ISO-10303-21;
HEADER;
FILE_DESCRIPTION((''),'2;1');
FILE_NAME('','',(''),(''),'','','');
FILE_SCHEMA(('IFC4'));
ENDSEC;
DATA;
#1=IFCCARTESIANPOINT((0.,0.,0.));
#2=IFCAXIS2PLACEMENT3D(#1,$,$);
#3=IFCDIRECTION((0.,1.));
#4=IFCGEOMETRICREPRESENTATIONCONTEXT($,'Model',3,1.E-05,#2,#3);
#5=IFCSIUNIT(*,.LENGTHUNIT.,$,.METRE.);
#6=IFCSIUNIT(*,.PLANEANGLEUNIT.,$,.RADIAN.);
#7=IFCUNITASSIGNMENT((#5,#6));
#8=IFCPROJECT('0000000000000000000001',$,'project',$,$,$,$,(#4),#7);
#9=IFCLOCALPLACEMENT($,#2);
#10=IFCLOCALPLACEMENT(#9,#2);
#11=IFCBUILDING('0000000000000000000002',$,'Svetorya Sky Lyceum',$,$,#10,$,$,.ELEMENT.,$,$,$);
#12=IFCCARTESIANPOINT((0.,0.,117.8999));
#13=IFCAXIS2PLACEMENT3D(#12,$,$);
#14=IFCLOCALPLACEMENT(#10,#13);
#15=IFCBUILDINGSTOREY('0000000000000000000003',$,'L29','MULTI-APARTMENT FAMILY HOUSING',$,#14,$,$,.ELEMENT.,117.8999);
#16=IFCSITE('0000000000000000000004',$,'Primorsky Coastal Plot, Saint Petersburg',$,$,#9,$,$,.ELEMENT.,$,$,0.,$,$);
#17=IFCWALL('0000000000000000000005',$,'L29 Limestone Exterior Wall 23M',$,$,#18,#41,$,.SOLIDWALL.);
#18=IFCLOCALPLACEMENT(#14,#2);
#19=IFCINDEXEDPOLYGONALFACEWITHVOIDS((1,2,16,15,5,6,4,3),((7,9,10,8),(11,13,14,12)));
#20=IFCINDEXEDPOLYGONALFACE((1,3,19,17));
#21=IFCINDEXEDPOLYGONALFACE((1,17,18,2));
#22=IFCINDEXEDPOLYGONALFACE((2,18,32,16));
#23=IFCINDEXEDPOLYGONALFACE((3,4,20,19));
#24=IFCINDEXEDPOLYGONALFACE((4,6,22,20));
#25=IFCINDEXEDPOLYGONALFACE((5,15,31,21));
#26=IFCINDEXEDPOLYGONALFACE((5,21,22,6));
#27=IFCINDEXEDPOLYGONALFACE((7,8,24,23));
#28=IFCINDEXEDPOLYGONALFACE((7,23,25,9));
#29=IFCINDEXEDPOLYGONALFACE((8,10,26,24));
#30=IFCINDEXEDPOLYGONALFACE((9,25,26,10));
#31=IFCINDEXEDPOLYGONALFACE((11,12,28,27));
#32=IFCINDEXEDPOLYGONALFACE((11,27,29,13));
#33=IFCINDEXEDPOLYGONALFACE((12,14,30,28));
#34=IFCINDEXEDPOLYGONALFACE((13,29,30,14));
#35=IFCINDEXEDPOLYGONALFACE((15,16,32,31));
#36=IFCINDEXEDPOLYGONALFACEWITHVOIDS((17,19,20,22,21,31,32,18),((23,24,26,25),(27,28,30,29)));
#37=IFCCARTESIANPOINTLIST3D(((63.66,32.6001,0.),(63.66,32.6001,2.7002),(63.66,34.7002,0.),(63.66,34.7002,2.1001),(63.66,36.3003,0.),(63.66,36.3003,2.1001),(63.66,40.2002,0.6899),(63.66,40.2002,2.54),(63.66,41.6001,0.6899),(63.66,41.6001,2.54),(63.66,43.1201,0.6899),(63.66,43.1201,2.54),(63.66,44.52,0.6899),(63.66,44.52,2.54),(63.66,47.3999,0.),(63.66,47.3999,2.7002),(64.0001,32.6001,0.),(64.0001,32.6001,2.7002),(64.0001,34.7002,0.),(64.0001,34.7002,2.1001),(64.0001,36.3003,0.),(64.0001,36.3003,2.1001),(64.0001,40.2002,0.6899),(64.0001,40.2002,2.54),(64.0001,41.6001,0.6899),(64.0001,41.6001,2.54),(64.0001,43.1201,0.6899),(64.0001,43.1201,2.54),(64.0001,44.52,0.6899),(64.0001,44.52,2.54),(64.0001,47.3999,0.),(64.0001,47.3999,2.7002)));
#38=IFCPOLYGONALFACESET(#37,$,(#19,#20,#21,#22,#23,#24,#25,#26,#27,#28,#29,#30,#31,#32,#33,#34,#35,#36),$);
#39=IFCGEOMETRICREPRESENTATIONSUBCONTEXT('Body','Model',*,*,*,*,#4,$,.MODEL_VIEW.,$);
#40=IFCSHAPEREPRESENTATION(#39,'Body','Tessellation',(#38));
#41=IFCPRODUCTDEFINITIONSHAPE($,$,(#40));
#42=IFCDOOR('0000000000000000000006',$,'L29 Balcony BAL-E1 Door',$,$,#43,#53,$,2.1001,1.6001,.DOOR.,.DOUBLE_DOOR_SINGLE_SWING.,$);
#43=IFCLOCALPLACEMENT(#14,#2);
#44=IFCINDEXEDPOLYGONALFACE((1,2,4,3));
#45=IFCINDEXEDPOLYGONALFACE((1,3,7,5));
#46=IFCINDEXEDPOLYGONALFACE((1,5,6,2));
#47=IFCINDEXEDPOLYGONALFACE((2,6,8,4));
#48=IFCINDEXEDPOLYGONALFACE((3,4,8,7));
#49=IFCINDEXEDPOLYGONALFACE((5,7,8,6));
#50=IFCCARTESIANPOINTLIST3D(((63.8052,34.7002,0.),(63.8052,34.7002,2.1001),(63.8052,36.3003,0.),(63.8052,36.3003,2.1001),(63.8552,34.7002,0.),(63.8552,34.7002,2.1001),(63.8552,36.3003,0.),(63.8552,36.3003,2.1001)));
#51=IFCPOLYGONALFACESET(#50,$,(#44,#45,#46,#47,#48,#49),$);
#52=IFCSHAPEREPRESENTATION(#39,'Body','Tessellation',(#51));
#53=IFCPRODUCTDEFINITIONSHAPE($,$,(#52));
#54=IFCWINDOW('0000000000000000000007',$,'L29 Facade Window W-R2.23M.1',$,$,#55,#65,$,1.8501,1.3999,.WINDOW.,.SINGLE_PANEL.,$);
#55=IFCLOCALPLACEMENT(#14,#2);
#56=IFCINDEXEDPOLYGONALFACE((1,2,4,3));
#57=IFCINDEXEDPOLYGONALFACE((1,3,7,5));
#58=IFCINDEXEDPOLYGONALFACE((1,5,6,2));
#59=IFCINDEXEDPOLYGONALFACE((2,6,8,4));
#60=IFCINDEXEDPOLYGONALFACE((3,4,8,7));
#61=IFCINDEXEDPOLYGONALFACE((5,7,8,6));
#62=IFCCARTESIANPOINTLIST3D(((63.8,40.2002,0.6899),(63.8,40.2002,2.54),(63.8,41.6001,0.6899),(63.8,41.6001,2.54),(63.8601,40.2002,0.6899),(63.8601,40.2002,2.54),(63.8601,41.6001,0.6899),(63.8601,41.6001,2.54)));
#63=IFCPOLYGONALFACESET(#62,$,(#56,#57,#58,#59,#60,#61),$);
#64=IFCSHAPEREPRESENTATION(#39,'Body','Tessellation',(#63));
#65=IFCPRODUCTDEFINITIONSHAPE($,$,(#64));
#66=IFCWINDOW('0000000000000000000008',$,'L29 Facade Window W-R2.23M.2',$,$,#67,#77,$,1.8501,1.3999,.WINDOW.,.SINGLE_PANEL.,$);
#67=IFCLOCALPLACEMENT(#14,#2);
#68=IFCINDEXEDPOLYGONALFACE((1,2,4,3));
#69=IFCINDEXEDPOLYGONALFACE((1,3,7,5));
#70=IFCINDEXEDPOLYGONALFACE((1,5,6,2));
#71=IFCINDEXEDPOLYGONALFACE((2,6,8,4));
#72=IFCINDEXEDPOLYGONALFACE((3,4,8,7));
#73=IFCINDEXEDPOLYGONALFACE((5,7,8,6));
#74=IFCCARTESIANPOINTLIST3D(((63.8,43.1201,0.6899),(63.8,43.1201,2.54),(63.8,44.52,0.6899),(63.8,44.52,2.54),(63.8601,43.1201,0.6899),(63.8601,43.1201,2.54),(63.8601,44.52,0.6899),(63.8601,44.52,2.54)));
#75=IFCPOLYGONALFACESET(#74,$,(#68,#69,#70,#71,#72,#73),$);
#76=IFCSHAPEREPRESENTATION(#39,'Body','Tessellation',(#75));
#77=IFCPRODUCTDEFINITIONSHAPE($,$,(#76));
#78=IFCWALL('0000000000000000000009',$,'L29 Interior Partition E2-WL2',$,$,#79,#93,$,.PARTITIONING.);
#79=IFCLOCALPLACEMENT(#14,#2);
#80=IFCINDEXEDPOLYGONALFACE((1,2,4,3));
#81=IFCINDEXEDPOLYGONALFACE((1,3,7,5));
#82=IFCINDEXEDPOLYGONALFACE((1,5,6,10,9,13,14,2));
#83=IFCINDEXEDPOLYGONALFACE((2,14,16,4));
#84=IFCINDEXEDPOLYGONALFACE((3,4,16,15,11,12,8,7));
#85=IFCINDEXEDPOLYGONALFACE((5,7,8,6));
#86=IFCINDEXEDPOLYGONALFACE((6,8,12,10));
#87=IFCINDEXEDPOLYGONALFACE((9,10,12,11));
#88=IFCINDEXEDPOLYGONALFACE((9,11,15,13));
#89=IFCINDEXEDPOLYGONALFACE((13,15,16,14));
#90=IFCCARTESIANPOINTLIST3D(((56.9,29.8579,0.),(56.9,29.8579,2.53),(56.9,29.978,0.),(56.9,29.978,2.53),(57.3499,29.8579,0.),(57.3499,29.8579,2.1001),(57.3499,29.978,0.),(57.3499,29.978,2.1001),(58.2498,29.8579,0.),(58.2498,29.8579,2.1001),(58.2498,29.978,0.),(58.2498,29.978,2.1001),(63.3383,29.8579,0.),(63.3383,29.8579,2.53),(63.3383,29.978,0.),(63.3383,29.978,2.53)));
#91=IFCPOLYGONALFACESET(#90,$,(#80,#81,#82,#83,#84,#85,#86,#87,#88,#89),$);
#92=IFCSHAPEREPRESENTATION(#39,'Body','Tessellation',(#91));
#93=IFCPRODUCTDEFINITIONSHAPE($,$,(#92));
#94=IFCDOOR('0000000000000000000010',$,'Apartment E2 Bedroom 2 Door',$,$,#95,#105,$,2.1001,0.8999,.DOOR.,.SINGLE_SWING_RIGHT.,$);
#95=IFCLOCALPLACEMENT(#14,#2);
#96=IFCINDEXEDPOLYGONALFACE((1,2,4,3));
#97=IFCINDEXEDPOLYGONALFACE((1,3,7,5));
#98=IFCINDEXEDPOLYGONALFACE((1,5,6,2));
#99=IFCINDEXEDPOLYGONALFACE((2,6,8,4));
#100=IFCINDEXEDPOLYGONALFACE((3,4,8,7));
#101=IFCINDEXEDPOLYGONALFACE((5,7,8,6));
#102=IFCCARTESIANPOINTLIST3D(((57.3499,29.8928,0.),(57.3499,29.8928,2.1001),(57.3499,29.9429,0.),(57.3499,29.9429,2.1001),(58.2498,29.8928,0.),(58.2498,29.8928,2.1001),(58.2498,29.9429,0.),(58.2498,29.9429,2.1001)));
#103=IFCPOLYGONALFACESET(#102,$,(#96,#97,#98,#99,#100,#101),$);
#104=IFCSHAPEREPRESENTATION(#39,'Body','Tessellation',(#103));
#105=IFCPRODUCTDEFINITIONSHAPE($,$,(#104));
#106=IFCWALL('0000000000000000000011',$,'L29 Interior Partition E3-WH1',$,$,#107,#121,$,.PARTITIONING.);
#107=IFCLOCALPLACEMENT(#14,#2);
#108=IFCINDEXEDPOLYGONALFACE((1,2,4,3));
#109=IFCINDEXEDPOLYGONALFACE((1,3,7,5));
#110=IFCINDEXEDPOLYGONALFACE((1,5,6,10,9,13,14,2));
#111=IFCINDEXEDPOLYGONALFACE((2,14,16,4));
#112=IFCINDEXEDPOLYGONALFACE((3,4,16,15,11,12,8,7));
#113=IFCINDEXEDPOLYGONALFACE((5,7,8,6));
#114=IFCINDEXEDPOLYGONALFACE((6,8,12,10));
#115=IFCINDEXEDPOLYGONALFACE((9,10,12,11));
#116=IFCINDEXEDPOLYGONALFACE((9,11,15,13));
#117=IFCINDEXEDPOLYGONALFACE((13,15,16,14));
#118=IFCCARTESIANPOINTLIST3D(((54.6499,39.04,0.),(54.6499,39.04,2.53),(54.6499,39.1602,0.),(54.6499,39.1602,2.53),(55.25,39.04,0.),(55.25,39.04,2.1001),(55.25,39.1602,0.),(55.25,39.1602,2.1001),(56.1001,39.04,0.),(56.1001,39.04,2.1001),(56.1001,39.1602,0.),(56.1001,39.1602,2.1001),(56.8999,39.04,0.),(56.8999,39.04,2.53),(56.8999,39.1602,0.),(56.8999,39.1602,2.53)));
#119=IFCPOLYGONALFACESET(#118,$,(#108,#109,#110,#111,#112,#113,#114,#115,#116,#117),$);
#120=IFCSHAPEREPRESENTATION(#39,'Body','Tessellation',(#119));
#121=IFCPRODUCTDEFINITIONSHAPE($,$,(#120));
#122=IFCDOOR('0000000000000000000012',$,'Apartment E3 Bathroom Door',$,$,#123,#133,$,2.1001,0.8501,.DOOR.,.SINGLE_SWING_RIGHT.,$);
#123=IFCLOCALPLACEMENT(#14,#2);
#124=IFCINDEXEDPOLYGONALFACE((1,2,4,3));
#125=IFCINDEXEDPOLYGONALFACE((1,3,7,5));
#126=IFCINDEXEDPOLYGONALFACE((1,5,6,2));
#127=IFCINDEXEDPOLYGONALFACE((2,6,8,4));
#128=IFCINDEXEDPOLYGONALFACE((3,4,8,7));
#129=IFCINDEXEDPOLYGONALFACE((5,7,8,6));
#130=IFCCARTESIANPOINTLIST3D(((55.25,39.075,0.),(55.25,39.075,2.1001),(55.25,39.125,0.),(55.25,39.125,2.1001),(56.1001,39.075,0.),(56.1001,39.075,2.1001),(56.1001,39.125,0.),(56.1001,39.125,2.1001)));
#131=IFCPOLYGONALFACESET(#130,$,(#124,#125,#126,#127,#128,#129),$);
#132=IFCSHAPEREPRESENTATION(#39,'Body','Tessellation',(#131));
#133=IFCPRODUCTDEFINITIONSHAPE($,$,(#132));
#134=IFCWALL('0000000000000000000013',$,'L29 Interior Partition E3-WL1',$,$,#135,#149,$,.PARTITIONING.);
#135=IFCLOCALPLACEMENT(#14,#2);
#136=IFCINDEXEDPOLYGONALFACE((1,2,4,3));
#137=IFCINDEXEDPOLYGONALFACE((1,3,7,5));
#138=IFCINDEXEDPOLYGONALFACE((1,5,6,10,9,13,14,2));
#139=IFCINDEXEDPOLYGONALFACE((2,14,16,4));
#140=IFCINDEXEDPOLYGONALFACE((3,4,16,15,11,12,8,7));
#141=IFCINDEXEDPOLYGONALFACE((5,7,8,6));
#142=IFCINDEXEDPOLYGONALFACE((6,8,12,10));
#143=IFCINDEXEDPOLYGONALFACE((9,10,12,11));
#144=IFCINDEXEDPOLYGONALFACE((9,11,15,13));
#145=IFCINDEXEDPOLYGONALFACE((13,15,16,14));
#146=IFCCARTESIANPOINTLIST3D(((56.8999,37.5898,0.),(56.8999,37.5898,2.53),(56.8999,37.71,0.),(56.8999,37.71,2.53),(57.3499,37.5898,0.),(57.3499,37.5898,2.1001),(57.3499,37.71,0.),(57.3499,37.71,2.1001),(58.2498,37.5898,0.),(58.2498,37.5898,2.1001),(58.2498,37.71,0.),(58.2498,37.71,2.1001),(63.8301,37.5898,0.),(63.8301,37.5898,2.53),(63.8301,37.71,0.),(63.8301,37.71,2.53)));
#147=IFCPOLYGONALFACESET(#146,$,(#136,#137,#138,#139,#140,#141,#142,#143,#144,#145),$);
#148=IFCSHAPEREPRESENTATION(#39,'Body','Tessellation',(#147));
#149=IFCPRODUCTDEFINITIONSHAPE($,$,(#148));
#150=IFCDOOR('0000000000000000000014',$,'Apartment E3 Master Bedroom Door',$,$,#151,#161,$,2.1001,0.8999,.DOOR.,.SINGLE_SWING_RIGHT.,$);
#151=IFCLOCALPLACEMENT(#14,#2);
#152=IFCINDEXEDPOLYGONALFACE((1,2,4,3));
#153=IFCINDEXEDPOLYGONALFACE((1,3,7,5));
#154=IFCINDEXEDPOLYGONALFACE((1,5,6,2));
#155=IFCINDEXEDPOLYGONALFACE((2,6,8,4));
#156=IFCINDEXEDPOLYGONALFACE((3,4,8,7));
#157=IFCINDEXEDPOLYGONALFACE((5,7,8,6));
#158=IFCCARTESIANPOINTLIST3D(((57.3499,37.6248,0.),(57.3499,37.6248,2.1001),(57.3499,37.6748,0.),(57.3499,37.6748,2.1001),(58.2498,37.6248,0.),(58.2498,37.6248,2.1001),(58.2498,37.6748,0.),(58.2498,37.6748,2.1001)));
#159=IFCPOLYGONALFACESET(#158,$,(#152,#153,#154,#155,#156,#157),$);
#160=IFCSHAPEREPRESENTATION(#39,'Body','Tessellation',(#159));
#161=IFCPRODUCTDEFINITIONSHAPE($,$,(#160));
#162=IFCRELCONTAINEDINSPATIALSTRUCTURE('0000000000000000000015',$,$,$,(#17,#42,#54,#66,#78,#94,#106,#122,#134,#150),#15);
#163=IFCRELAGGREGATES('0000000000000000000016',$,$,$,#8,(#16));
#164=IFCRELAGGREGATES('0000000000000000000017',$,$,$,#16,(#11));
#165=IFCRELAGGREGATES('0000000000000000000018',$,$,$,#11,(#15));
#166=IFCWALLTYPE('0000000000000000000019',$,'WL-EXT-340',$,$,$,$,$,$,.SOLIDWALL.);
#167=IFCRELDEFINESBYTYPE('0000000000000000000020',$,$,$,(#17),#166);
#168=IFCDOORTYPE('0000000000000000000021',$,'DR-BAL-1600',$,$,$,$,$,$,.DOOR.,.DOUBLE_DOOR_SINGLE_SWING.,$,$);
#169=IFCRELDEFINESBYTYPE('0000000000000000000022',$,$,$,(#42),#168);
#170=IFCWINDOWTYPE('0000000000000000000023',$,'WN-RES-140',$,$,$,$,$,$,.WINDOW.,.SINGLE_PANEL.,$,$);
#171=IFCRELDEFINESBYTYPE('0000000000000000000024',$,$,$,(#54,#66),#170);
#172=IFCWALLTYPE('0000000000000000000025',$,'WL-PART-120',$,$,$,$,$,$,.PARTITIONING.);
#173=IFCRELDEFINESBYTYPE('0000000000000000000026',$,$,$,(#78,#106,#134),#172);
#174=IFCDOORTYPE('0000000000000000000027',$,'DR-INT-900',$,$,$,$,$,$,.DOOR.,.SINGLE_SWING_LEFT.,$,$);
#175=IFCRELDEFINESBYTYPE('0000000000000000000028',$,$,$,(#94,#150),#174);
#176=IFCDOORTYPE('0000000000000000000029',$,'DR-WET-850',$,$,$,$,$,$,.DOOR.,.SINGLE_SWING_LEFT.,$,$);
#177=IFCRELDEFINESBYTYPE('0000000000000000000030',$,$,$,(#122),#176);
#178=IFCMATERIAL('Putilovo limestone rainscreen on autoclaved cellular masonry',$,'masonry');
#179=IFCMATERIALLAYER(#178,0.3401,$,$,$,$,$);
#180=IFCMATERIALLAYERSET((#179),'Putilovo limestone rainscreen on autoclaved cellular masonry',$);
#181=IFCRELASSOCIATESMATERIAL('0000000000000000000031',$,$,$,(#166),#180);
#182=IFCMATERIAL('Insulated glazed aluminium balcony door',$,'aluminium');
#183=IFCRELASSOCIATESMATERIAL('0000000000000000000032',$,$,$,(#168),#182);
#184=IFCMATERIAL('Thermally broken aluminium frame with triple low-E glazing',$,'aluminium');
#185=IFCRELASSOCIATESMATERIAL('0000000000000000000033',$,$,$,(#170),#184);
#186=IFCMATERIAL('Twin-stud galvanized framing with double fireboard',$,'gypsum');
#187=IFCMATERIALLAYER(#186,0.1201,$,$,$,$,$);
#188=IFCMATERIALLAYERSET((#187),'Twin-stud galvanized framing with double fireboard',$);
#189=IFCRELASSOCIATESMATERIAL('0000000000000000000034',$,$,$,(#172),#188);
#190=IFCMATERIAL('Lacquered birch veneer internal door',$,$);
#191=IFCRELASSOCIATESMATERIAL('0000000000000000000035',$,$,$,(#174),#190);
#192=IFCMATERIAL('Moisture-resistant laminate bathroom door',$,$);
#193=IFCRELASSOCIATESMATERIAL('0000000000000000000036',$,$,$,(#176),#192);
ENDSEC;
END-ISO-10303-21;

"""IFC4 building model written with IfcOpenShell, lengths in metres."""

from ifc_helpers import new_model, si_unit, direction, frame, frame_2d, origin, place, context, subcontext, project, spatial, rectangle, extrude, material, layer, layer_set, type_object, element, fill, save


model = new_model("IFC4")

# Units and contexts
model_context = context("Model", 3, precision=1e-05, world=origin(), true_north=direction((0.0, 1.0)))
body_context = subcontext(model_context, "Body", "Model", "MODEL_VIEW")
ifc_project = project(units=[si_unit("LENGTHUNIT", "METRE"), si_unit("PLANEANGLEUNIT", "RADIAN")], contexts=[model_context])

# Site, building, storey
site_placement = place(None, origin())
site = spatial("IfcSite", under=ifc_project, at=site_placement, Name="Primorsky Coastal Plot, Saint Petersburg", CompositionType="ELEMENT", RefElevation=0.0)
building_placement = place(site_placement, origin())
building = spatial("IfcBuilding", under=site, at=building_placement, Name="Svetorya Sky Lyceum", CompositionType="ELEMENT")
storey_placement = place(building_placement, frame((0.0, 0.0, 117.8999)))
storey = spatial("IfcBuildingStorey", under=building, at=storey_placement, Name="L29", Description="MULTI-APARTMENT FAMILY HOUSING", CompositionType="ELEMENT", Elevation=117.8999)

# Shared definitions
ifc_material_1 = material(Name="Putilovo limestone rainscreen on autoclaved cellular masonry", Category="masonry")
ifc_layer_1 = layer(ifc_material_1, 0.3401)
ifc_layer_set_1 = layer_set([ifc_layer_1], Name="Putilovo limestone rainscreen on autoclaved cellular masonry")
wall_type_1 = type_object("IfcWallType", Name="WL-EXT-340", PredefinedType="SOLIDWALL", material=ifc_layer_set_1)

# Shared definitions
ifc_material_2 = material(Name="Thermally broken aluminium frame with triple low-E glazing", Category="aluminium")

# Wall, openings, door, windows
wall_1_placement = place(storey_placement, frame((63.8301, 32.6001, 0.0), z_axis=(0.0, 0.0, 1.0), x_axis=(0.0, 1.0, 0.0)))
wall_1 = element("IfcWall", 1, at=wall_1_placement, inside=storey, type_object=wall_type_1, Name="L29 Limestone Exterior Wall 23M", PredefinedType="SOLIDWALL", context=body_context, shape_type="SweptSolid", body=[
    extrude(rectangle(XDim=14.7998, YDim=0.3401, at=frame_2d((7.3999, 0.0))), origin(), (0.0, 0.0, 1.0), 2.7002),
])
opening_1_placement = place(wall_1_placement, frame((2.1001, 0.0, 0.0)))
opening_1 = element("IfcOpeningElement", 2, at=opening_1_placement, cuts=wall_1, PredefinedType="OPENING", context=body_context, shape_type="SweptSolid", body=[
    extrude(rectangle(XDim=1.6001, YDim=2.1001, at=frame_2d((0.8, 1.05))), frame((0.0, 0.1799, 0.0), z_axis=(0.0, -1.0, 0.0), x_axis=(1.0, 0.0, 0.0)), (0.0, 0.0, 1.0), 0.3601),
])
opening_2_placement = place(wall_1_placement, frame((7.6001, 0.0, 0.6899)))
opening_2 = element("IfcOpeningElement", 3, at=opening_2_placement, cuts=wall_1, PredefinedType="OPENING", context=body_context, shape_type="SweptSolid", body=[
    extrude(rectangle(XDim=1.3999, YDim=1.8501, at=frame_2d((0.7, 0.925))), frame((0.0, 0.1799, 0.0), z_axis=(0.0, -1.0, 0.0), x_axis=(1.0, 0.0, 0.0)), (0.0, 0.0, 1.0), 0.3601),
])
opening_3_placement = place(wall_1_placement, frame((10.52, 0.0, 0.6899)))
opening_3 = element("IfcOpeningElement", 4, at=opening_3_placement, cuts=wall_1, PredefinedType="OPENING", context=body_context, shape_type="SweptSolid", body=[
    extrude(rectangle(XDim=1.3999, YDim=1.8501, at=frame_2d((0.7, 0.925))), frame((0.0, 0.1799, 0.0), z_axis=(0.0, -1.0, 0.0), x_axis=(1.0, 0.0, 0.0)), (0.0, 0.0, 1.0), 0.3601),
])
ifc_material_3 = material(Name="Insulated glazed aluminium balcony door", Category="aluminium")
door_type_1 = type_object("IfcDoorType", Name="DR-BAL-1600", OperationType="DOUBLE_DOOR_SINGLE_SWING", PredefinedType="DOOR", material=ifc_material_3)
door_1_placement = place(opening_1_placement, origin())
door_1 = element("IfcDoor", 5, at=door_1_placement, inside=storey, type_object=door_type_1, Name="L29 Balcony BAL-E1 Door", OperationType="DOUBLE_DOOR_SINGLE_SWING", OverallHeight=2.1001, OverallWidth=1.6001, PredefinedType="DOOR", context=body_context, shape_type="SweptSolid", body=[
    extrude(rectangle(XDim=1.6001, YDim=2.1001, at=frame_2d((0.8, 1.05))), frame((0.0, 0.0249, 0.0), z_axis=(0.0, -1.0, 0.0), x_axis=(1.0, 0.0, 0.0)), (0.0, 0.0, 1.0), 0.05),
])
fill(opening_1, door_1)
window_type_1 = type_object("IfcWindowType", Name="WN-RES-140", PartitioningType="SINGLE_PANEL", PredefinedType="WINDOW", material=ifc_material_2)
window_1_placement = place(opening_2_placement, origin())
window_1 = element("IfcWindow", 6, at=window_1_placement, inside=storey, type_object=window_type_1, Name="L29 Facade Window W-R2.23M.1", OverallHeight=1.8501, OverallWidth=1.3999, PartitioningType="SINGLE_PANEL", PredefinedType="WINDOW", context=body_context, shape_type="SweptSolid", body=[
    extrude(rectangle(XDim=1.3999, YDim=1.8501, at=frame_2d((0.7, 0.925))), frame((0.0, 0.03, 0.0), z_axis=(0.0, -1.0, 0.0), x_axis=(1.0, 0.0, 0.0)), (0.0, 0.0, 1.0), 0.0601),
])
fill(opening_2, window_1)
window_2_placement = place(opening_3_placement, origin())
window_2 = element("IfcWindow", 7, at=window_2_placement, inside=storey, type_object=window_type_1, Name="L29 Facade Window W-R2.23M.2", OverallHeight=1.8501, OverallWidth=1.3999, PartitioningType="SINGLE_PANEL", PredefinedType="WINDOW", context=body_context, shape_type="SweptSolid", body=[
    extrude(rectangle(XDim=1.3999, YDim=1.8501, at=frame_2d((0.7, 0.925))), frame((0.0, 0.03, 0.0), z_axis=(0.0, -1.0, 0.0), x_axis=(1.0, 0.0, 0.0)), (0.0, 0.0, 1.0), 0.0601),
])
fill(opening_3, window_2)

# Walls, openings, doors
ifc_material_4 = material(Name="Twin-stud galvanized framing with double fireboard", Category="gypsum")
ifc_layer_2 = layer(ifc_material_4, 0.1201)
ifc_layer_set_2 = layer_set([ifc_layer_2], Name="Twin-stud galvanized framing with double fireboard")
wall_type_2 = type_object("IfcWallType", Name="WL-PART-120", PredefinedType="PARTITIONING", material=ifc_layer_set_2)
wall_2_placement = place(storey_placement, frame((56.8999, 29.918, 0.0), z_axis=(0.0, 0.0, 1.0), x_axis=(1.0, 0.0, 0.0)))
wall_2 = element("IfcWall", 8, at=wall_2_placement, inside=storey, type_object=wall_type_2, Name="L29 Interior Partition E2-WL2", PredefinedType="PARTITIONING", context=body_context, shape_type="SweptSolid", body=[
    extrude(rectangle(XDim=6.4382, YDim=0.1201, at=frame_2d((3.2192, 0.0))), origin(), (0.0, 0.0, 1.0), 2.53),
])
opening_4_placement = place(wall_2_placement, frame((0.45, 0.0, 0.0)))
opening_4 = element("IfcOpeningElement", 9, at=opening_4_placement, cuts=wall_2, PredefinedType="OPENING", context=body_context, shape_type="SweptSolid", body=[
    extrude(rectangle(XDim=0.8999, YDim=2.1001, at=frame_2d((0.45, 1.05))), frame((0.0, 0.0701, 0.0), z_axis=(0.0, -1.0, 0.0), x_axis=(1.0, 0.0, 0.0)), (0.0, 0.0, 1.0), 0.1401),
])
ifc_material_5 = material(Name="Lacquered birch veneer internal door")
door_type_2 = type_object("IfcDoorType", Name="DR-INT-900", OperationType="SINGLE_SWING_LEFT", PredefinedType="DOOR", material=ifc_material_5)
door_2_placement = place(opening_4_placement, origin())
door_2 = element("IfcDoor", 10, at=door_2_placement, inside=storey, type_object=door_type_2, Name="Apartment E2 Bedroom 2 Door", OperationType="SINGLE_SWING_RIGHT", OverallHeight=2.1001, OverallWidth=0.8999, PredefinedType="DOOR", context=body_context, shape_type="SweptSolid", body=[
    extrude(rectangle(XDim=0.8999, YDim=2.1001, at=frame_2d((0.45, 1.05))), frame((0.0, 0.0249, 0.0), z_axis=(0.0, -1.0, 0.0), x_axis=(1.0, 0.0, 0.0)), (0.0, 0.0, 1.0), 0.05),
])
fill(opening_4, door_2)
wall_3_placement = place(storey_placement, frame((54.6499, 39.1001, 0.0), z_axis=(0.0, 0.0, 1.0), x_axis=(1.0, 0.0, 0.0)))
wall_3 = element("IfcWall", 11, at=wall_3_placement, inside=storey, type_object=wall_type_2, Name="L29 Interior Partition E3-WH1", PredefinedType="PARTITIONING", context=body_context, shape_type="SweptSolid", body=[
    extrude(rectangle(XDim=2.25, YDim=0.1201, at=frame_2d((1.125, 0.0))), origin(), (0.0, 0.0, 1.0), 2.53),
])
opening_5_placement = place(wall_3_placement, frame((0.6001, 0.0, 0.0)))
opening_5 = element("IfcOpeningElement", 12, at=opening_5_placement, cuts=wall_3, PredefinedType="OPENING", context=body_context, shape_type="SweptSolid", body=[
    extrude(rectangle(XDim=0.8501, YDim=2.1001, at=frame_2d((0.425, 1.05))), frame((0.0, 0.0701, 0.0), z_axis=(0.0, -1.0, 0.0), x_axis=(1.0, 0.0, 0.0)), (0.0, 0.0, 1.0), 0.1401),
])
ifc_material_6 = material(Name="Moisture-resistant laminate bathroom door")
door_type_3 = type_object("IfcDoorType", Name="DR-WET-850", OperationType="SINGLE_SWING_LEFT", PredefinedType="DOOR", material=ifc_material_6)
door_3_placement = place(opening_5_placement, origin())
door_3 = element("IfcDoor", 13, at=door_3_placement, inside=storey, type_object=door_type_3, Name="Apartment E3 Bathroom Door", OperationType="SINGLE_SWING_RIGHT", OverallHeight=2.1001, OverallWidth=0.8501, PredefinedType="DOOR", context=body_context, shape_type="SweptSolid", body=[
    extrude(rectangle(XDim=0.8501, YDim=2.1001, at=frame_2d((0.425, 1.05))), frame((0.0, 0.0249, 0.0), z_axis=(0.0, -1.0, 0.0), x_axis=(1.0, 0.0, 0.0)), (0.0, 0.0, 1.0), 0.05),
])
fill(opening_5, door_3)
wall_4_placement = place(storey_placement, frame((56.8999, 37.6499, 0.0), z_axis=(0.0, 0.0, 1.0), x_axis=(1.0, 0.0, 0.0)))
wall_4 = element("IfcWall", 14, at=wall_4_placement, inside=storey, type_object=wall_type_2, Name="L29 Interior Partition E3-WL1", PredefinedType="PARTITIONING", context=body_context, shape_type="SweptSolid", body=[
    extrude(rectangle(XDim=6.9302, YDim=0.1201, at=frame_2d((3.4651, 0.0))), origin(), (0.0, 0.0, 1.0), 2.53),
])
opening_6_placement = place(wall_4_placement, frame((0.45, 0.0, 0.0)))
opening_6 = element("IfcOpeningElement", 15, at=opening_6_placement, cuts=wall_4, PredefinedType="OPENING", context=body_context, shape_type="SweptSolid", body=[
    extrude(rectangle(XDim=0.8999, YDim=2.1001, at=frame_2d((0.45, 1.05))), frame((0.0, 0.0701, 0.0), z_axis=(0.0, -1.0, 0.0), x_axis=(1.0, 0.0, 0.0)), (0.0, 0.0, 1.0), 0.1401),
])
door_4_placement = place(opening_6_placement, origin())
door_4 = element("IfcDoor", 16, at=door_4_placement, inside=storey, type_object=door_type_2, Name="Apartment E3 Master Bedroom Door", OperationType="SINGLE_SWING_RIGHT", OverallHeight=2.1001, OverallWidth=0.8999, PredefinedType="DOOR", context=body_context, shape_type="SweptSolid", body=[
    extrude(rectangle(XDim=0.8999, YDim=2.1001, at=frame_2d((0.45, 1.05))), frame((0.0, 0.0249, 0.0), z_axis=(0.0, -1.0, 0.0), x_axis=(1.0, 0.0, 0.0)), (0.0, 0.0, 1.0), 0.05),
])
fill(opening_6, door_4)

save(model, "model.ifc")
